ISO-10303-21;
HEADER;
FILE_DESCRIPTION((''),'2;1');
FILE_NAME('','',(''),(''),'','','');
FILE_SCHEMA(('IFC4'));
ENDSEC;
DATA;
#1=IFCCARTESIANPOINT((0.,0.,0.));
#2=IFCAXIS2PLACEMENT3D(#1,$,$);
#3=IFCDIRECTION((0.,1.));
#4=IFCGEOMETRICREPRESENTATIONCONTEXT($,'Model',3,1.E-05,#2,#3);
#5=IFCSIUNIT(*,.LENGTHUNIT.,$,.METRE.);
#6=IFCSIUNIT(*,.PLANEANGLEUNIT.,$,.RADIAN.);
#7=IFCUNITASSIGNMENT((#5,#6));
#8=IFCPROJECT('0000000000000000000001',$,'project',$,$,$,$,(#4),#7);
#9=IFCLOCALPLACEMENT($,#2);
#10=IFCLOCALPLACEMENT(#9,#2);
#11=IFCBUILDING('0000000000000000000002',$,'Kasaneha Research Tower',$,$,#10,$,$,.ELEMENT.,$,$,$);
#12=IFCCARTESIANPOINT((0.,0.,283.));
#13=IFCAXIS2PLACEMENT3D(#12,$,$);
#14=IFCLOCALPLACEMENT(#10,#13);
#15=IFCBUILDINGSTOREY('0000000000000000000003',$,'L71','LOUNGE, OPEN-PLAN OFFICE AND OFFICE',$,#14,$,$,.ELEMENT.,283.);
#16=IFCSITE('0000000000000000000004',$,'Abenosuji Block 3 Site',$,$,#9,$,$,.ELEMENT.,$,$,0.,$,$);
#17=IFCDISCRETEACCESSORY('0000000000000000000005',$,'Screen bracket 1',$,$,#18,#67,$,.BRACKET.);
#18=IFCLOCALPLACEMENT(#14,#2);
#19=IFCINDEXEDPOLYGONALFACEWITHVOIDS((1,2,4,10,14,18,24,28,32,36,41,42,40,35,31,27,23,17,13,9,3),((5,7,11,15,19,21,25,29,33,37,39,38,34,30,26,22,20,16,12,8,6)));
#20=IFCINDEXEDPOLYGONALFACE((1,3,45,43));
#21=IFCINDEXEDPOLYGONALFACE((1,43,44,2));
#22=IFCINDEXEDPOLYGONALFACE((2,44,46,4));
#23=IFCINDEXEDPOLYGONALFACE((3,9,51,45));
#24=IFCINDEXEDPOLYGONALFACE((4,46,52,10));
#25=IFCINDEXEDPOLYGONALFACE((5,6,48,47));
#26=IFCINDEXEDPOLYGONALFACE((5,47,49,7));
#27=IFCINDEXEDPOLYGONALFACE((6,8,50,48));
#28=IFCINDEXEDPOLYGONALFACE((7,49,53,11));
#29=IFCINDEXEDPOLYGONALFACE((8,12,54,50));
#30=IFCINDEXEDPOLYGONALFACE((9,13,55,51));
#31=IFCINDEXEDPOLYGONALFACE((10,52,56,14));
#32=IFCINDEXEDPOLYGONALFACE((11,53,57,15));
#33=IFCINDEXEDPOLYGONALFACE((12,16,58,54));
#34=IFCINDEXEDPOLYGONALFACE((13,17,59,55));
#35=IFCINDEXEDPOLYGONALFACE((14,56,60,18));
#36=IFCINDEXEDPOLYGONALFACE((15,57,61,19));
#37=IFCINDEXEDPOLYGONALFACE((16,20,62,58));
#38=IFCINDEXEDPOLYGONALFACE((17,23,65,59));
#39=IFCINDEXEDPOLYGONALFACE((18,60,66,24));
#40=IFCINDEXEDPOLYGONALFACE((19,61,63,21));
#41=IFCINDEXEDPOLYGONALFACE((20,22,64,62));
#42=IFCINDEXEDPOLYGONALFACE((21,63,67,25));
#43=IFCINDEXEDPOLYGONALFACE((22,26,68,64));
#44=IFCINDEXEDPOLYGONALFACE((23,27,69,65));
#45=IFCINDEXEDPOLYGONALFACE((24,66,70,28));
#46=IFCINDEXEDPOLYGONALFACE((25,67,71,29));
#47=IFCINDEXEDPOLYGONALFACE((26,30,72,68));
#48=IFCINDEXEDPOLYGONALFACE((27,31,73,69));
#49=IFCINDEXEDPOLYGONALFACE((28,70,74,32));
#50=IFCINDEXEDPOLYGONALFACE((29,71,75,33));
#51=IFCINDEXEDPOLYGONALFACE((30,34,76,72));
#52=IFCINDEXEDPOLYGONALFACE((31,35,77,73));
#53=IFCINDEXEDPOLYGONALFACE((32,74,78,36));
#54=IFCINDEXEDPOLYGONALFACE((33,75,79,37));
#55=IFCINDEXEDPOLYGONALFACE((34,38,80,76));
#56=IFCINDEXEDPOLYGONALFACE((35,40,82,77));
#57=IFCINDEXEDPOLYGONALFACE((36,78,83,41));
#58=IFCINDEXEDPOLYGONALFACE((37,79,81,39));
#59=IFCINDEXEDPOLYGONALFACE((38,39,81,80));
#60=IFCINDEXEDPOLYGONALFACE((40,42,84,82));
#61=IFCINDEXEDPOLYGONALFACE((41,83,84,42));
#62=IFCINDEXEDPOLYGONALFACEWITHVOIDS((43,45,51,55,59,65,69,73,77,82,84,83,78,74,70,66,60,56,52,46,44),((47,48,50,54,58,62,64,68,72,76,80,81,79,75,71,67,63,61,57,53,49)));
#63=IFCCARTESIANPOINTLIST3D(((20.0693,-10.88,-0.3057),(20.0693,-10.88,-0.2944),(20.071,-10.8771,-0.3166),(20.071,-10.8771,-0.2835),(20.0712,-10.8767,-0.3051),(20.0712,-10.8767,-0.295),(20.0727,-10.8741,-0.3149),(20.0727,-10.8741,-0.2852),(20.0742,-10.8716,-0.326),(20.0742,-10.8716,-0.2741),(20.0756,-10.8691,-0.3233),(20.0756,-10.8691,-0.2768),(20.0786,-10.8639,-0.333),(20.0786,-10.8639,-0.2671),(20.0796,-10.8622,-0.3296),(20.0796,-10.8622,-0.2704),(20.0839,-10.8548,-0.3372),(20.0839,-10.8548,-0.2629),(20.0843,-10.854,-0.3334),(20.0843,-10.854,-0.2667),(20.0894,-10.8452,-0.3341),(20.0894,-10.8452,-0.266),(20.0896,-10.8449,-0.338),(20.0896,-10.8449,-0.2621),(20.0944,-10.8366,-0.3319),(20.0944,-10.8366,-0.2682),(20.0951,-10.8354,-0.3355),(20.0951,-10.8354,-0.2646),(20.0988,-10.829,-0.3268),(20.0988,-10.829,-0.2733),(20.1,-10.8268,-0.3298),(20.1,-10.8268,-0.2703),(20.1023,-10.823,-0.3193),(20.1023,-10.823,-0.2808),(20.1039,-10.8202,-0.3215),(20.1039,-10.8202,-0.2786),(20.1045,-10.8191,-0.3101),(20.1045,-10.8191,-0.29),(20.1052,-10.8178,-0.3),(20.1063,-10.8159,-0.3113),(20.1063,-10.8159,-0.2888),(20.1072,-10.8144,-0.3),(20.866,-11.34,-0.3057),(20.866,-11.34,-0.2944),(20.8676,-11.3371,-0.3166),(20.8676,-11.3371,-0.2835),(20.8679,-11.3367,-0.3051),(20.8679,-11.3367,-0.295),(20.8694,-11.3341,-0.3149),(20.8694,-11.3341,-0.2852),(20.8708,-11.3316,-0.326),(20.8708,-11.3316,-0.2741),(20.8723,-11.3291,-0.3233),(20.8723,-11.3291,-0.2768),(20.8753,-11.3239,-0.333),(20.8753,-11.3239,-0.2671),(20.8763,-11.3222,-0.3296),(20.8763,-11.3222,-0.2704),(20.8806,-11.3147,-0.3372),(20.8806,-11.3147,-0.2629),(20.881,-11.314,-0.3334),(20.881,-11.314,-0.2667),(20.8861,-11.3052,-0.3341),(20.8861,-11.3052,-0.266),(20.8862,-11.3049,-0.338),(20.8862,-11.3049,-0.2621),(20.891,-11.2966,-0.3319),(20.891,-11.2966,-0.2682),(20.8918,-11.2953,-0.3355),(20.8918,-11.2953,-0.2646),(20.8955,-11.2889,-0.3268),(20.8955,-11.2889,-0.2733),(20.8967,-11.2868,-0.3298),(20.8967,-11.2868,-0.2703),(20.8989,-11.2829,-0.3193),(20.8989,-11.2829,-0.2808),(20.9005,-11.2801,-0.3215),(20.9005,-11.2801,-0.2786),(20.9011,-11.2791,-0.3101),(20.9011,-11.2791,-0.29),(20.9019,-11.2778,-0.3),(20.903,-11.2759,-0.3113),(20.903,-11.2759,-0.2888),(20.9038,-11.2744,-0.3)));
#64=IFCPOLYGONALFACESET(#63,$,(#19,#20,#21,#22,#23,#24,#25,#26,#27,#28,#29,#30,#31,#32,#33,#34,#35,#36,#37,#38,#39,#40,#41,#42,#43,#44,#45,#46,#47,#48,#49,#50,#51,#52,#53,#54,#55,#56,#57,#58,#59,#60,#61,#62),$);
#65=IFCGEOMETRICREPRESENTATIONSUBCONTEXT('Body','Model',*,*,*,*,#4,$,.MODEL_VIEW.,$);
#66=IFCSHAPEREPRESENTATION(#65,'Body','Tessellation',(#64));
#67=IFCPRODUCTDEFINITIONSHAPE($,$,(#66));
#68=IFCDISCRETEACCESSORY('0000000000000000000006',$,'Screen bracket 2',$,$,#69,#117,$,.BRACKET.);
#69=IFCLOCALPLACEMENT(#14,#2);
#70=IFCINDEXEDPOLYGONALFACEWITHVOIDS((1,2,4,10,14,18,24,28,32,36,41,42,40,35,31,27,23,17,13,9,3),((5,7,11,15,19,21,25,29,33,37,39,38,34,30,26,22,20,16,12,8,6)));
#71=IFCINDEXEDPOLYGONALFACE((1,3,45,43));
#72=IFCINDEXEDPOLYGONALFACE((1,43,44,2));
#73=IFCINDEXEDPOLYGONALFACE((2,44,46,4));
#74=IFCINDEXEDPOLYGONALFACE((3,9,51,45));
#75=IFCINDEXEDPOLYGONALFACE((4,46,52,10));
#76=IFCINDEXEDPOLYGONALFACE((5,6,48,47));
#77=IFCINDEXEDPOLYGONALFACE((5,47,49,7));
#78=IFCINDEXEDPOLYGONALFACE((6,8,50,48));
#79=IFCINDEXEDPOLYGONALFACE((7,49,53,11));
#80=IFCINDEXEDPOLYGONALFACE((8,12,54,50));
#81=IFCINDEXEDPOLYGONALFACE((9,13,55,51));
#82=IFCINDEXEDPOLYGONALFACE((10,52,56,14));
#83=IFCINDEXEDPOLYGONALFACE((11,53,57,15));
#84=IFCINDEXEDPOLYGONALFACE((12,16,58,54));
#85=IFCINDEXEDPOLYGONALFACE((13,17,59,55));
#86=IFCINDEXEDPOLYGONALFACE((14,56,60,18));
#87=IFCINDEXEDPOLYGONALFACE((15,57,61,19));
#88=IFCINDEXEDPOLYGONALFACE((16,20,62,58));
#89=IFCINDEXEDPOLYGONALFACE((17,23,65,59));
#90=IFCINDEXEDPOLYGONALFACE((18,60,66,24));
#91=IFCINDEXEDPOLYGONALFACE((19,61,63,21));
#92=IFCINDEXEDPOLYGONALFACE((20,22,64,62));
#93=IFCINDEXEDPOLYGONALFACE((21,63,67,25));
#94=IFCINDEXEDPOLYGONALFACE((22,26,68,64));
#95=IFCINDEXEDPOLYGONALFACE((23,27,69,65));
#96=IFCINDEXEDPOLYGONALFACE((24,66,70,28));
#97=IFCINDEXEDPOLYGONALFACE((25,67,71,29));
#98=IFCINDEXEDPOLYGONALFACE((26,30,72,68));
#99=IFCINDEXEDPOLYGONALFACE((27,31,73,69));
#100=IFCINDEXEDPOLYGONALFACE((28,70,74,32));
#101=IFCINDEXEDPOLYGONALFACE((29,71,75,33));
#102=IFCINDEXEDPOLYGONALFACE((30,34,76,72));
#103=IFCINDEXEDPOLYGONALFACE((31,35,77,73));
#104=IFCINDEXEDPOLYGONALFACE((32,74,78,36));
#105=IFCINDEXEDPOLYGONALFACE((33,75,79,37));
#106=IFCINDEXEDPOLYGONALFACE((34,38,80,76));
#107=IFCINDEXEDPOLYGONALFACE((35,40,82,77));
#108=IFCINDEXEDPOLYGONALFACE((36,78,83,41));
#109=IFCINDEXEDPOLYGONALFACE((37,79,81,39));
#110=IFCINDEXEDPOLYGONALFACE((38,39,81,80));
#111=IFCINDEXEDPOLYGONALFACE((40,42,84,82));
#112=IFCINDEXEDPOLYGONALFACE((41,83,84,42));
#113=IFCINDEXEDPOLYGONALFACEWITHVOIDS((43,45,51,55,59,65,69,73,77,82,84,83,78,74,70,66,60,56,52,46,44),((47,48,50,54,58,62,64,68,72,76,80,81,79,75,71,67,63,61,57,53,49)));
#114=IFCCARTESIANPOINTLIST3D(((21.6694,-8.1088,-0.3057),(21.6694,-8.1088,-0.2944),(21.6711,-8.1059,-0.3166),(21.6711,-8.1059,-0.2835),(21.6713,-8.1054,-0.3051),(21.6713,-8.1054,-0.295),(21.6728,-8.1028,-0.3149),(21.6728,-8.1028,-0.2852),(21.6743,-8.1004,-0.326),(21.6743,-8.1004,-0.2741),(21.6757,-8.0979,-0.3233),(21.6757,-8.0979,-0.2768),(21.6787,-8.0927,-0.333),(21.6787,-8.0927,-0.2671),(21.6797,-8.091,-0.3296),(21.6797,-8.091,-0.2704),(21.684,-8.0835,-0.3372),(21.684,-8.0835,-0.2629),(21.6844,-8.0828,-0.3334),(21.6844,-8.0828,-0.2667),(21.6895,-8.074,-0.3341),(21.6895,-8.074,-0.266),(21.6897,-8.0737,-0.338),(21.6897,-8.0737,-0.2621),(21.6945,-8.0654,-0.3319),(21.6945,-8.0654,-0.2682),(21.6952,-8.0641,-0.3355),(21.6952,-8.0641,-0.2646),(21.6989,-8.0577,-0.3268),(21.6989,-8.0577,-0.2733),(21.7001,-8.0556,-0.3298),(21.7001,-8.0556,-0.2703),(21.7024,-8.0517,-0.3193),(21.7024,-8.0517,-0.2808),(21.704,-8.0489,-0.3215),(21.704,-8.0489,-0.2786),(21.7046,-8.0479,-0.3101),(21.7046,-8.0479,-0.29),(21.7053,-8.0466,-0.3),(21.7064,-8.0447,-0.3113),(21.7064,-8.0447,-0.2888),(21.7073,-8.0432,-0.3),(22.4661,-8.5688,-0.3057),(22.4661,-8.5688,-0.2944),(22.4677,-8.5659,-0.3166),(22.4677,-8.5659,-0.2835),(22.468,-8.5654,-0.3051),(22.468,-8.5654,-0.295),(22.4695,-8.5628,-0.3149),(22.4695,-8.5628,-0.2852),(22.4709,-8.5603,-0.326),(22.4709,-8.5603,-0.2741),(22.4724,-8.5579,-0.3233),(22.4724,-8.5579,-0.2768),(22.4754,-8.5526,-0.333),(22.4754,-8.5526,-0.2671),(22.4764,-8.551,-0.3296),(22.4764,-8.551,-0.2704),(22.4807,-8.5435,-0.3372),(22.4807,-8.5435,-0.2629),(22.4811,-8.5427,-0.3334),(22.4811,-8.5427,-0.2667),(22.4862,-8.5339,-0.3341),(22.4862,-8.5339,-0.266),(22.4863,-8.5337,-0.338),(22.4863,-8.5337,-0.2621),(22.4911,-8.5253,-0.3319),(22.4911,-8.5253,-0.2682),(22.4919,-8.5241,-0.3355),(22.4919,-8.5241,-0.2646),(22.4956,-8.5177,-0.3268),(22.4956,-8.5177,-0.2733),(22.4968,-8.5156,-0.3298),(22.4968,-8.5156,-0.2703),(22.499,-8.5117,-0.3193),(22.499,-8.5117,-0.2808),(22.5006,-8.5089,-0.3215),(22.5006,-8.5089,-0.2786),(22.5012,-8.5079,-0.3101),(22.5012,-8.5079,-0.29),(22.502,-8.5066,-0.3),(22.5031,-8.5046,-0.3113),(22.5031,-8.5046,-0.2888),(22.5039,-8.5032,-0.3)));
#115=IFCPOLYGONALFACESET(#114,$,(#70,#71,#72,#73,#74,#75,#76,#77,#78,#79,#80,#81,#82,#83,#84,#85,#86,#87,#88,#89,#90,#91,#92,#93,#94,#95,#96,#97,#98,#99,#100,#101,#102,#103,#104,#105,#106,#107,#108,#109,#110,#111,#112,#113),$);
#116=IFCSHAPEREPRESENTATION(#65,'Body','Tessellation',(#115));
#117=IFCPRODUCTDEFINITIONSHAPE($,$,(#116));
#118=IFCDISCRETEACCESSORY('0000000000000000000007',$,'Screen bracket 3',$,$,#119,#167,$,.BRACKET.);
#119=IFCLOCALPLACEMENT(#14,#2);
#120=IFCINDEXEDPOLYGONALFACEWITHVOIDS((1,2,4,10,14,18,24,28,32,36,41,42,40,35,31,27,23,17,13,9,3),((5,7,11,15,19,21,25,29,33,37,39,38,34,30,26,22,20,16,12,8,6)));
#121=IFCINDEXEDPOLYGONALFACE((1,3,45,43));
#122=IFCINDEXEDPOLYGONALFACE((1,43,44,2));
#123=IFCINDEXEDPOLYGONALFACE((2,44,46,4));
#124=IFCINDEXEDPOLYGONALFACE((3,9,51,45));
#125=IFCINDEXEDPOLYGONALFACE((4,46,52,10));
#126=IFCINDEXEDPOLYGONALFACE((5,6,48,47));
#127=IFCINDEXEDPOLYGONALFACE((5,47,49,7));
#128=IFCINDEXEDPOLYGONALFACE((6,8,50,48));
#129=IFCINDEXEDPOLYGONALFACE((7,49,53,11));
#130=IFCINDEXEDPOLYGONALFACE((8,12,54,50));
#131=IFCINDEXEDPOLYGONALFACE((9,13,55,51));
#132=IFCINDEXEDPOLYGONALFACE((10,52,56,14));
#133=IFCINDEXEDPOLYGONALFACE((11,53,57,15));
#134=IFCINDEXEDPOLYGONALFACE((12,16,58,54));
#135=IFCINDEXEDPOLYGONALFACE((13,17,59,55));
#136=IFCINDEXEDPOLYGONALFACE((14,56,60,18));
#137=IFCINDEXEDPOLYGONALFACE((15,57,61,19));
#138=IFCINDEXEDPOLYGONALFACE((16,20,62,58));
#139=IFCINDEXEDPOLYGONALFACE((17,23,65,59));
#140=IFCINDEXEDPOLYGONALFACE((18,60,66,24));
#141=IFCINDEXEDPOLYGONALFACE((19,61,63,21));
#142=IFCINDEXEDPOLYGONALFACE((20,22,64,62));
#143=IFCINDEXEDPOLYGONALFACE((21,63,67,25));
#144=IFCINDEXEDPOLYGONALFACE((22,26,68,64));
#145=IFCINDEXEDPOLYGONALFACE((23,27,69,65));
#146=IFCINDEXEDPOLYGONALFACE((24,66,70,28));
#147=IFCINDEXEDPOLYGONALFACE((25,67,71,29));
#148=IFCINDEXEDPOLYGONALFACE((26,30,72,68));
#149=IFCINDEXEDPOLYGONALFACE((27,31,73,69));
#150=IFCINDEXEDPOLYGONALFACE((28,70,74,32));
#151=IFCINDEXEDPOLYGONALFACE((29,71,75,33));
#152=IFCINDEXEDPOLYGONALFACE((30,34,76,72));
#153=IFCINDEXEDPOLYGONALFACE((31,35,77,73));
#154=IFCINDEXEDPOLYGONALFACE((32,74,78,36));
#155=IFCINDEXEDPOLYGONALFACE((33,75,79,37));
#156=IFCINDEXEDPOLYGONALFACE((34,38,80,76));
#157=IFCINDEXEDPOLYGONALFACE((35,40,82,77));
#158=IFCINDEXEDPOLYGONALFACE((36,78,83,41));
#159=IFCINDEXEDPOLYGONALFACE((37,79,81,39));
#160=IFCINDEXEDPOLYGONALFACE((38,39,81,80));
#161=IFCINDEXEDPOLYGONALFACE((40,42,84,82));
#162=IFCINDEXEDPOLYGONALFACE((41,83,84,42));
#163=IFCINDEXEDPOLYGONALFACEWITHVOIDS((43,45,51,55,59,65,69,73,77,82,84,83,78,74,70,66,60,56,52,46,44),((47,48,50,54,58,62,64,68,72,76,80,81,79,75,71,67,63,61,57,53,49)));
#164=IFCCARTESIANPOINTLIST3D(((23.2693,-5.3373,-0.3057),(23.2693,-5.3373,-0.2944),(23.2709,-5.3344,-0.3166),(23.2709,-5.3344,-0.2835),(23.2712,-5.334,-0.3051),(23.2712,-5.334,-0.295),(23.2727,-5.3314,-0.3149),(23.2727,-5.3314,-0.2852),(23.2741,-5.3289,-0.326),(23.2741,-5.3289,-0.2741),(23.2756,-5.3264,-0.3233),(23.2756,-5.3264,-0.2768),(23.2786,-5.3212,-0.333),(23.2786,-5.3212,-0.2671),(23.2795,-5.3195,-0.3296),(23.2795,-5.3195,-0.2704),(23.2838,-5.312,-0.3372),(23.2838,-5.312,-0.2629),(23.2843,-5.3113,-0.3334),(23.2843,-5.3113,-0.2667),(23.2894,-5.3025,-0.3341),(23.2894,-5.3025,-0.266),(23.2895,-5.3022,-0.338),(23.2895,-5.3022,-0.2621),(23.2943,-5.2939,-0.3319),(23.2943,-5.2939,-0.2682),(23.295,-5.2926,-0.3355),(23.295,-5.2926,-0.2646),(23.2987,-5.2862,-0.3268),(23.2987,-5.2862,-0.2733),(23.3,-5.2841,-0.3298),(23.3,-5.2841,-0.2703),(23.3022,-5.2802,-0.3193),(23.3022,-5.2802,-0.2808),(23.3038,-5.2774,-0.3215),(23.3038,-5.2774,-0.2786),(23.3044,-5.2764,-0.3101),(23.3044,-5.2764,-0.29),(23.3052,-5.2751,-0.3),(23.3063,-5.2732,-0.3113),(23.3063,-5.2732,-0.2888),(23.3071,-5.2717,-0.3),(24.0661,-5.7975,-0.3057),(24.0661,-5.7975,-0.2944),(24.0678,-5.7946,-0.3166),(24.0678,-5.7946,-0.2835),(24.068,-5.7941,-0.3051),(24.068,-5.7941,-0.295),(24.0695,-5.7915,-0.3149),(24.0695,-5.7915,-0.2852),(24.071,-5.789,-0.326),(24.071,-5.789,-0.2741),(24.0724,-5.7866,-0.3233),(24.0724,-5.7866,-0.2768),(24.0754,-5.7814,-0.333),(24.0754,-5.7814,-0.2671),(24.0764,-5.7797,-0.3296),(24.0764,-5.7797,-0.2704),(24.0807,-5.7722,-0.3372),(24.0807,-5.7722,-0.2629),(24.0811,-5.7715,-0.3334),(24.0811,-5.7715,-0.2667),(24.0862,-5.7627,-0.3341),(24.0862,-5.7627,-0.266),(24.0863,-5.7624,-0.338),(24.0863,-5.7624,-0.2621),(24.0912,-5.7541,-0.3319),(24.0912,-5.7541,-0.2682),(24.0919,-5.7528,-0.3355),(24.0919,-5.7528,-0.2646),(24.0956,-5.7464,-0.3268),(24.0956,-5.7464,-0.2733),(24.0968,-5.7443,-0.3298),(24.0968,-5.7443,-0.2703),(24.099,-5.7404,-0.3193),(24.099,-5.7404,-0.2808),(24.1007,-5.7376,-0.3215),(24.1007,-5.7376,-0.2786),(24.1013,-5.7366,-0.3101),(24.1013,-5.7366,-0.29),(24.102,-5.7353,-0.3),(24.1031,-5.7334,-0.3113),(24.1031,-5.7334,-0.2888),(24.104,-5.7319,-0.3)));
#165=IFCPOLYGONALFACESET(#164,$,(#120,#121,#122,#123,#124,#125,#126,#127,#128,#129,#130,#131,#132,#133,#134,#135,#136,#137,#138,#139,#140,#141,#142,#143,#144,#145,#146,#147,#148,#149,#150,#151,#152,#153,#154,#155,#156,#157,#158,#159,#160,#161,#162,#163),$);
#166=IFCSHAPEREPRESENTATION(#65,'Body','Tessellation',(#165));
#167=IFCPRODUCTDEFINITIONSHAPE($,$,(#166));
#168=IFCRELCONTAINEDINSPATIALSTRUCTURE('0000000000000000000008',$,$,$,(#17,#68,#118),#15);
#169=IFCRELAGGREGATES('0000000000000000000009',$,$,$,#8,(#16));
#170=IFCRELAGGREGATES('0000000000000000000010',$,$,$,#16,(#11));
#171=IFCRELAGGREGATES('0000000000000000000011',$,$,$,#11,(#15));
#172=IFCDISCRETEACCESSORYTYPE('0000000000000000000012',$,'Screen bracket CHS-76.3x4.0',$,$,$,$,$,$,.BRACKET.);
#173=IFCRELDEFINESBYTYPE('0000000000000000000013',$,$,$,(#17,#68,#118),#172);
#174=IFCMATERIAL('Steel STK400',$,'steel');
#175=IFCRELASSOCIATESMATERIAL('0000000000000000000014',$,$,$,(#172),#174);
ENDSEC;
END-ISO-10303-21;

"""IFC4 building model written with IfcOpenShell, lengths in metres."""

from ifc_helpers import new_model, si_unit, direction, frame, origin, origin_2d, place, context, subcontext, project, spatial, hollow_circle, extrude, material, material_profile, profile_set, type_object, element, save


model = new_model("IFC4")

# Units and contexts
model_context = context("Model", 3, precision=1e-05, world=origin(), true_north=direction((0.0, 1.0)))
body_context = subcontext(model_context, "Body", "Model", "MODEL_VIEW")
ifc_project = project(units=[si_unit("LENGTHUNIT", "METRE"), si_unit("PLANEANGLEUNIT", "RADIAN")], contexts=[model_context])

# Site, building, storey
site_placement = place(None, origin())
site = spatial("IfcSite", under=ifc_project, at=site_placement, Name="Abenosuji Block 3 Site", CompositionType="ELEMENT", RefElevation=0.0)
building_placement = place(site_placement, origin())
building = spatial("IfcBuilding", under=site, at=building_placement, Name="Kasaneha Research Tower", CompositionType="ELEMENT")
storey_placement = place(building_placement, frame((0.0, 0.0, 283.0)))
storey = spatial("IfcBuildingStorey", under=building, at=storey_placement, Name="L71", Description="LOUNGE, OPEN-PLAN OFFICE AND OFFICE", CompositionType="ELEMENT", Elevation=283.0)

# Discrete accessories
ifc_material_1 = material(Name="Steel STK400", Category="steel")
ifc_material_profile_1 = material_profile(ifc_material_1, hollow_circle(Radius=0.0381, WallThickness=0.0039, at=origin_2d()), Name="CHS-76.3x4.0")
ifc_profile_set_1 = profile_set([ifc_material_profile_1], Name="Steel STK400")
discrete_accessory_type = type_object("IfcDiscreteAccessoryType", Name="Screen bracket CHS-76.3x4.0", PredefinedType="BRACKET", material=ifc_profile_set_1)
for number, where, z_axis, x_axis, name in (
    (1, (20.0881, -10.8474, -0.3), (0.866013, -0.500021, 0.0), (0.500021, 0.866013, 0.0), "Screen bracket 1"),
    (2, (21.6882, -8.0762, -0.3), (0.866013, -0.500021, 0.0), (0.500021, 0.866013, 0.0), "Screen bracket 2"),
):
    element("IfcDiscreteAccessory", number, at=place(storey_placement, frame(where, z_axis=z_axis, x_axis=x_axis)), inside=storey, type_object=discrete_accessory_type, Name=name, PredefinedType="BRACKET", context=body_context, shape_type="SweptSolid", body=[
        extrude(hollow_circle(Radius=0.0381, WallThickness=0.0039, at=origin_2d()), origin(), (0.0, 0.0, 1.0), 0.9199),
    ])
discrete_accessory_placement = place(storey_placement, frame((23.2881, -5.3047, -0.3), z_axis=(0.865965, -0.500105, 0.0), x_axis=(0.500105, 0.865965, 0.0)))
element("IfcDiscreteAccessory", 3, at=discrete_accessory_placement, inside=storey, type_object=discrete_accessory_type, Name="Screen bracket 3", PredefinedType="BRACKET", context=body_context, shape_type="SweptSolid", body=[
    extrude(hollow_circle(Radius=0.0381, WallThickness=0.0039, at=origin_2d()), origin(), (0.0, 0.0, 1.0), 0.9202),
])

save(model, "model.ifc")
